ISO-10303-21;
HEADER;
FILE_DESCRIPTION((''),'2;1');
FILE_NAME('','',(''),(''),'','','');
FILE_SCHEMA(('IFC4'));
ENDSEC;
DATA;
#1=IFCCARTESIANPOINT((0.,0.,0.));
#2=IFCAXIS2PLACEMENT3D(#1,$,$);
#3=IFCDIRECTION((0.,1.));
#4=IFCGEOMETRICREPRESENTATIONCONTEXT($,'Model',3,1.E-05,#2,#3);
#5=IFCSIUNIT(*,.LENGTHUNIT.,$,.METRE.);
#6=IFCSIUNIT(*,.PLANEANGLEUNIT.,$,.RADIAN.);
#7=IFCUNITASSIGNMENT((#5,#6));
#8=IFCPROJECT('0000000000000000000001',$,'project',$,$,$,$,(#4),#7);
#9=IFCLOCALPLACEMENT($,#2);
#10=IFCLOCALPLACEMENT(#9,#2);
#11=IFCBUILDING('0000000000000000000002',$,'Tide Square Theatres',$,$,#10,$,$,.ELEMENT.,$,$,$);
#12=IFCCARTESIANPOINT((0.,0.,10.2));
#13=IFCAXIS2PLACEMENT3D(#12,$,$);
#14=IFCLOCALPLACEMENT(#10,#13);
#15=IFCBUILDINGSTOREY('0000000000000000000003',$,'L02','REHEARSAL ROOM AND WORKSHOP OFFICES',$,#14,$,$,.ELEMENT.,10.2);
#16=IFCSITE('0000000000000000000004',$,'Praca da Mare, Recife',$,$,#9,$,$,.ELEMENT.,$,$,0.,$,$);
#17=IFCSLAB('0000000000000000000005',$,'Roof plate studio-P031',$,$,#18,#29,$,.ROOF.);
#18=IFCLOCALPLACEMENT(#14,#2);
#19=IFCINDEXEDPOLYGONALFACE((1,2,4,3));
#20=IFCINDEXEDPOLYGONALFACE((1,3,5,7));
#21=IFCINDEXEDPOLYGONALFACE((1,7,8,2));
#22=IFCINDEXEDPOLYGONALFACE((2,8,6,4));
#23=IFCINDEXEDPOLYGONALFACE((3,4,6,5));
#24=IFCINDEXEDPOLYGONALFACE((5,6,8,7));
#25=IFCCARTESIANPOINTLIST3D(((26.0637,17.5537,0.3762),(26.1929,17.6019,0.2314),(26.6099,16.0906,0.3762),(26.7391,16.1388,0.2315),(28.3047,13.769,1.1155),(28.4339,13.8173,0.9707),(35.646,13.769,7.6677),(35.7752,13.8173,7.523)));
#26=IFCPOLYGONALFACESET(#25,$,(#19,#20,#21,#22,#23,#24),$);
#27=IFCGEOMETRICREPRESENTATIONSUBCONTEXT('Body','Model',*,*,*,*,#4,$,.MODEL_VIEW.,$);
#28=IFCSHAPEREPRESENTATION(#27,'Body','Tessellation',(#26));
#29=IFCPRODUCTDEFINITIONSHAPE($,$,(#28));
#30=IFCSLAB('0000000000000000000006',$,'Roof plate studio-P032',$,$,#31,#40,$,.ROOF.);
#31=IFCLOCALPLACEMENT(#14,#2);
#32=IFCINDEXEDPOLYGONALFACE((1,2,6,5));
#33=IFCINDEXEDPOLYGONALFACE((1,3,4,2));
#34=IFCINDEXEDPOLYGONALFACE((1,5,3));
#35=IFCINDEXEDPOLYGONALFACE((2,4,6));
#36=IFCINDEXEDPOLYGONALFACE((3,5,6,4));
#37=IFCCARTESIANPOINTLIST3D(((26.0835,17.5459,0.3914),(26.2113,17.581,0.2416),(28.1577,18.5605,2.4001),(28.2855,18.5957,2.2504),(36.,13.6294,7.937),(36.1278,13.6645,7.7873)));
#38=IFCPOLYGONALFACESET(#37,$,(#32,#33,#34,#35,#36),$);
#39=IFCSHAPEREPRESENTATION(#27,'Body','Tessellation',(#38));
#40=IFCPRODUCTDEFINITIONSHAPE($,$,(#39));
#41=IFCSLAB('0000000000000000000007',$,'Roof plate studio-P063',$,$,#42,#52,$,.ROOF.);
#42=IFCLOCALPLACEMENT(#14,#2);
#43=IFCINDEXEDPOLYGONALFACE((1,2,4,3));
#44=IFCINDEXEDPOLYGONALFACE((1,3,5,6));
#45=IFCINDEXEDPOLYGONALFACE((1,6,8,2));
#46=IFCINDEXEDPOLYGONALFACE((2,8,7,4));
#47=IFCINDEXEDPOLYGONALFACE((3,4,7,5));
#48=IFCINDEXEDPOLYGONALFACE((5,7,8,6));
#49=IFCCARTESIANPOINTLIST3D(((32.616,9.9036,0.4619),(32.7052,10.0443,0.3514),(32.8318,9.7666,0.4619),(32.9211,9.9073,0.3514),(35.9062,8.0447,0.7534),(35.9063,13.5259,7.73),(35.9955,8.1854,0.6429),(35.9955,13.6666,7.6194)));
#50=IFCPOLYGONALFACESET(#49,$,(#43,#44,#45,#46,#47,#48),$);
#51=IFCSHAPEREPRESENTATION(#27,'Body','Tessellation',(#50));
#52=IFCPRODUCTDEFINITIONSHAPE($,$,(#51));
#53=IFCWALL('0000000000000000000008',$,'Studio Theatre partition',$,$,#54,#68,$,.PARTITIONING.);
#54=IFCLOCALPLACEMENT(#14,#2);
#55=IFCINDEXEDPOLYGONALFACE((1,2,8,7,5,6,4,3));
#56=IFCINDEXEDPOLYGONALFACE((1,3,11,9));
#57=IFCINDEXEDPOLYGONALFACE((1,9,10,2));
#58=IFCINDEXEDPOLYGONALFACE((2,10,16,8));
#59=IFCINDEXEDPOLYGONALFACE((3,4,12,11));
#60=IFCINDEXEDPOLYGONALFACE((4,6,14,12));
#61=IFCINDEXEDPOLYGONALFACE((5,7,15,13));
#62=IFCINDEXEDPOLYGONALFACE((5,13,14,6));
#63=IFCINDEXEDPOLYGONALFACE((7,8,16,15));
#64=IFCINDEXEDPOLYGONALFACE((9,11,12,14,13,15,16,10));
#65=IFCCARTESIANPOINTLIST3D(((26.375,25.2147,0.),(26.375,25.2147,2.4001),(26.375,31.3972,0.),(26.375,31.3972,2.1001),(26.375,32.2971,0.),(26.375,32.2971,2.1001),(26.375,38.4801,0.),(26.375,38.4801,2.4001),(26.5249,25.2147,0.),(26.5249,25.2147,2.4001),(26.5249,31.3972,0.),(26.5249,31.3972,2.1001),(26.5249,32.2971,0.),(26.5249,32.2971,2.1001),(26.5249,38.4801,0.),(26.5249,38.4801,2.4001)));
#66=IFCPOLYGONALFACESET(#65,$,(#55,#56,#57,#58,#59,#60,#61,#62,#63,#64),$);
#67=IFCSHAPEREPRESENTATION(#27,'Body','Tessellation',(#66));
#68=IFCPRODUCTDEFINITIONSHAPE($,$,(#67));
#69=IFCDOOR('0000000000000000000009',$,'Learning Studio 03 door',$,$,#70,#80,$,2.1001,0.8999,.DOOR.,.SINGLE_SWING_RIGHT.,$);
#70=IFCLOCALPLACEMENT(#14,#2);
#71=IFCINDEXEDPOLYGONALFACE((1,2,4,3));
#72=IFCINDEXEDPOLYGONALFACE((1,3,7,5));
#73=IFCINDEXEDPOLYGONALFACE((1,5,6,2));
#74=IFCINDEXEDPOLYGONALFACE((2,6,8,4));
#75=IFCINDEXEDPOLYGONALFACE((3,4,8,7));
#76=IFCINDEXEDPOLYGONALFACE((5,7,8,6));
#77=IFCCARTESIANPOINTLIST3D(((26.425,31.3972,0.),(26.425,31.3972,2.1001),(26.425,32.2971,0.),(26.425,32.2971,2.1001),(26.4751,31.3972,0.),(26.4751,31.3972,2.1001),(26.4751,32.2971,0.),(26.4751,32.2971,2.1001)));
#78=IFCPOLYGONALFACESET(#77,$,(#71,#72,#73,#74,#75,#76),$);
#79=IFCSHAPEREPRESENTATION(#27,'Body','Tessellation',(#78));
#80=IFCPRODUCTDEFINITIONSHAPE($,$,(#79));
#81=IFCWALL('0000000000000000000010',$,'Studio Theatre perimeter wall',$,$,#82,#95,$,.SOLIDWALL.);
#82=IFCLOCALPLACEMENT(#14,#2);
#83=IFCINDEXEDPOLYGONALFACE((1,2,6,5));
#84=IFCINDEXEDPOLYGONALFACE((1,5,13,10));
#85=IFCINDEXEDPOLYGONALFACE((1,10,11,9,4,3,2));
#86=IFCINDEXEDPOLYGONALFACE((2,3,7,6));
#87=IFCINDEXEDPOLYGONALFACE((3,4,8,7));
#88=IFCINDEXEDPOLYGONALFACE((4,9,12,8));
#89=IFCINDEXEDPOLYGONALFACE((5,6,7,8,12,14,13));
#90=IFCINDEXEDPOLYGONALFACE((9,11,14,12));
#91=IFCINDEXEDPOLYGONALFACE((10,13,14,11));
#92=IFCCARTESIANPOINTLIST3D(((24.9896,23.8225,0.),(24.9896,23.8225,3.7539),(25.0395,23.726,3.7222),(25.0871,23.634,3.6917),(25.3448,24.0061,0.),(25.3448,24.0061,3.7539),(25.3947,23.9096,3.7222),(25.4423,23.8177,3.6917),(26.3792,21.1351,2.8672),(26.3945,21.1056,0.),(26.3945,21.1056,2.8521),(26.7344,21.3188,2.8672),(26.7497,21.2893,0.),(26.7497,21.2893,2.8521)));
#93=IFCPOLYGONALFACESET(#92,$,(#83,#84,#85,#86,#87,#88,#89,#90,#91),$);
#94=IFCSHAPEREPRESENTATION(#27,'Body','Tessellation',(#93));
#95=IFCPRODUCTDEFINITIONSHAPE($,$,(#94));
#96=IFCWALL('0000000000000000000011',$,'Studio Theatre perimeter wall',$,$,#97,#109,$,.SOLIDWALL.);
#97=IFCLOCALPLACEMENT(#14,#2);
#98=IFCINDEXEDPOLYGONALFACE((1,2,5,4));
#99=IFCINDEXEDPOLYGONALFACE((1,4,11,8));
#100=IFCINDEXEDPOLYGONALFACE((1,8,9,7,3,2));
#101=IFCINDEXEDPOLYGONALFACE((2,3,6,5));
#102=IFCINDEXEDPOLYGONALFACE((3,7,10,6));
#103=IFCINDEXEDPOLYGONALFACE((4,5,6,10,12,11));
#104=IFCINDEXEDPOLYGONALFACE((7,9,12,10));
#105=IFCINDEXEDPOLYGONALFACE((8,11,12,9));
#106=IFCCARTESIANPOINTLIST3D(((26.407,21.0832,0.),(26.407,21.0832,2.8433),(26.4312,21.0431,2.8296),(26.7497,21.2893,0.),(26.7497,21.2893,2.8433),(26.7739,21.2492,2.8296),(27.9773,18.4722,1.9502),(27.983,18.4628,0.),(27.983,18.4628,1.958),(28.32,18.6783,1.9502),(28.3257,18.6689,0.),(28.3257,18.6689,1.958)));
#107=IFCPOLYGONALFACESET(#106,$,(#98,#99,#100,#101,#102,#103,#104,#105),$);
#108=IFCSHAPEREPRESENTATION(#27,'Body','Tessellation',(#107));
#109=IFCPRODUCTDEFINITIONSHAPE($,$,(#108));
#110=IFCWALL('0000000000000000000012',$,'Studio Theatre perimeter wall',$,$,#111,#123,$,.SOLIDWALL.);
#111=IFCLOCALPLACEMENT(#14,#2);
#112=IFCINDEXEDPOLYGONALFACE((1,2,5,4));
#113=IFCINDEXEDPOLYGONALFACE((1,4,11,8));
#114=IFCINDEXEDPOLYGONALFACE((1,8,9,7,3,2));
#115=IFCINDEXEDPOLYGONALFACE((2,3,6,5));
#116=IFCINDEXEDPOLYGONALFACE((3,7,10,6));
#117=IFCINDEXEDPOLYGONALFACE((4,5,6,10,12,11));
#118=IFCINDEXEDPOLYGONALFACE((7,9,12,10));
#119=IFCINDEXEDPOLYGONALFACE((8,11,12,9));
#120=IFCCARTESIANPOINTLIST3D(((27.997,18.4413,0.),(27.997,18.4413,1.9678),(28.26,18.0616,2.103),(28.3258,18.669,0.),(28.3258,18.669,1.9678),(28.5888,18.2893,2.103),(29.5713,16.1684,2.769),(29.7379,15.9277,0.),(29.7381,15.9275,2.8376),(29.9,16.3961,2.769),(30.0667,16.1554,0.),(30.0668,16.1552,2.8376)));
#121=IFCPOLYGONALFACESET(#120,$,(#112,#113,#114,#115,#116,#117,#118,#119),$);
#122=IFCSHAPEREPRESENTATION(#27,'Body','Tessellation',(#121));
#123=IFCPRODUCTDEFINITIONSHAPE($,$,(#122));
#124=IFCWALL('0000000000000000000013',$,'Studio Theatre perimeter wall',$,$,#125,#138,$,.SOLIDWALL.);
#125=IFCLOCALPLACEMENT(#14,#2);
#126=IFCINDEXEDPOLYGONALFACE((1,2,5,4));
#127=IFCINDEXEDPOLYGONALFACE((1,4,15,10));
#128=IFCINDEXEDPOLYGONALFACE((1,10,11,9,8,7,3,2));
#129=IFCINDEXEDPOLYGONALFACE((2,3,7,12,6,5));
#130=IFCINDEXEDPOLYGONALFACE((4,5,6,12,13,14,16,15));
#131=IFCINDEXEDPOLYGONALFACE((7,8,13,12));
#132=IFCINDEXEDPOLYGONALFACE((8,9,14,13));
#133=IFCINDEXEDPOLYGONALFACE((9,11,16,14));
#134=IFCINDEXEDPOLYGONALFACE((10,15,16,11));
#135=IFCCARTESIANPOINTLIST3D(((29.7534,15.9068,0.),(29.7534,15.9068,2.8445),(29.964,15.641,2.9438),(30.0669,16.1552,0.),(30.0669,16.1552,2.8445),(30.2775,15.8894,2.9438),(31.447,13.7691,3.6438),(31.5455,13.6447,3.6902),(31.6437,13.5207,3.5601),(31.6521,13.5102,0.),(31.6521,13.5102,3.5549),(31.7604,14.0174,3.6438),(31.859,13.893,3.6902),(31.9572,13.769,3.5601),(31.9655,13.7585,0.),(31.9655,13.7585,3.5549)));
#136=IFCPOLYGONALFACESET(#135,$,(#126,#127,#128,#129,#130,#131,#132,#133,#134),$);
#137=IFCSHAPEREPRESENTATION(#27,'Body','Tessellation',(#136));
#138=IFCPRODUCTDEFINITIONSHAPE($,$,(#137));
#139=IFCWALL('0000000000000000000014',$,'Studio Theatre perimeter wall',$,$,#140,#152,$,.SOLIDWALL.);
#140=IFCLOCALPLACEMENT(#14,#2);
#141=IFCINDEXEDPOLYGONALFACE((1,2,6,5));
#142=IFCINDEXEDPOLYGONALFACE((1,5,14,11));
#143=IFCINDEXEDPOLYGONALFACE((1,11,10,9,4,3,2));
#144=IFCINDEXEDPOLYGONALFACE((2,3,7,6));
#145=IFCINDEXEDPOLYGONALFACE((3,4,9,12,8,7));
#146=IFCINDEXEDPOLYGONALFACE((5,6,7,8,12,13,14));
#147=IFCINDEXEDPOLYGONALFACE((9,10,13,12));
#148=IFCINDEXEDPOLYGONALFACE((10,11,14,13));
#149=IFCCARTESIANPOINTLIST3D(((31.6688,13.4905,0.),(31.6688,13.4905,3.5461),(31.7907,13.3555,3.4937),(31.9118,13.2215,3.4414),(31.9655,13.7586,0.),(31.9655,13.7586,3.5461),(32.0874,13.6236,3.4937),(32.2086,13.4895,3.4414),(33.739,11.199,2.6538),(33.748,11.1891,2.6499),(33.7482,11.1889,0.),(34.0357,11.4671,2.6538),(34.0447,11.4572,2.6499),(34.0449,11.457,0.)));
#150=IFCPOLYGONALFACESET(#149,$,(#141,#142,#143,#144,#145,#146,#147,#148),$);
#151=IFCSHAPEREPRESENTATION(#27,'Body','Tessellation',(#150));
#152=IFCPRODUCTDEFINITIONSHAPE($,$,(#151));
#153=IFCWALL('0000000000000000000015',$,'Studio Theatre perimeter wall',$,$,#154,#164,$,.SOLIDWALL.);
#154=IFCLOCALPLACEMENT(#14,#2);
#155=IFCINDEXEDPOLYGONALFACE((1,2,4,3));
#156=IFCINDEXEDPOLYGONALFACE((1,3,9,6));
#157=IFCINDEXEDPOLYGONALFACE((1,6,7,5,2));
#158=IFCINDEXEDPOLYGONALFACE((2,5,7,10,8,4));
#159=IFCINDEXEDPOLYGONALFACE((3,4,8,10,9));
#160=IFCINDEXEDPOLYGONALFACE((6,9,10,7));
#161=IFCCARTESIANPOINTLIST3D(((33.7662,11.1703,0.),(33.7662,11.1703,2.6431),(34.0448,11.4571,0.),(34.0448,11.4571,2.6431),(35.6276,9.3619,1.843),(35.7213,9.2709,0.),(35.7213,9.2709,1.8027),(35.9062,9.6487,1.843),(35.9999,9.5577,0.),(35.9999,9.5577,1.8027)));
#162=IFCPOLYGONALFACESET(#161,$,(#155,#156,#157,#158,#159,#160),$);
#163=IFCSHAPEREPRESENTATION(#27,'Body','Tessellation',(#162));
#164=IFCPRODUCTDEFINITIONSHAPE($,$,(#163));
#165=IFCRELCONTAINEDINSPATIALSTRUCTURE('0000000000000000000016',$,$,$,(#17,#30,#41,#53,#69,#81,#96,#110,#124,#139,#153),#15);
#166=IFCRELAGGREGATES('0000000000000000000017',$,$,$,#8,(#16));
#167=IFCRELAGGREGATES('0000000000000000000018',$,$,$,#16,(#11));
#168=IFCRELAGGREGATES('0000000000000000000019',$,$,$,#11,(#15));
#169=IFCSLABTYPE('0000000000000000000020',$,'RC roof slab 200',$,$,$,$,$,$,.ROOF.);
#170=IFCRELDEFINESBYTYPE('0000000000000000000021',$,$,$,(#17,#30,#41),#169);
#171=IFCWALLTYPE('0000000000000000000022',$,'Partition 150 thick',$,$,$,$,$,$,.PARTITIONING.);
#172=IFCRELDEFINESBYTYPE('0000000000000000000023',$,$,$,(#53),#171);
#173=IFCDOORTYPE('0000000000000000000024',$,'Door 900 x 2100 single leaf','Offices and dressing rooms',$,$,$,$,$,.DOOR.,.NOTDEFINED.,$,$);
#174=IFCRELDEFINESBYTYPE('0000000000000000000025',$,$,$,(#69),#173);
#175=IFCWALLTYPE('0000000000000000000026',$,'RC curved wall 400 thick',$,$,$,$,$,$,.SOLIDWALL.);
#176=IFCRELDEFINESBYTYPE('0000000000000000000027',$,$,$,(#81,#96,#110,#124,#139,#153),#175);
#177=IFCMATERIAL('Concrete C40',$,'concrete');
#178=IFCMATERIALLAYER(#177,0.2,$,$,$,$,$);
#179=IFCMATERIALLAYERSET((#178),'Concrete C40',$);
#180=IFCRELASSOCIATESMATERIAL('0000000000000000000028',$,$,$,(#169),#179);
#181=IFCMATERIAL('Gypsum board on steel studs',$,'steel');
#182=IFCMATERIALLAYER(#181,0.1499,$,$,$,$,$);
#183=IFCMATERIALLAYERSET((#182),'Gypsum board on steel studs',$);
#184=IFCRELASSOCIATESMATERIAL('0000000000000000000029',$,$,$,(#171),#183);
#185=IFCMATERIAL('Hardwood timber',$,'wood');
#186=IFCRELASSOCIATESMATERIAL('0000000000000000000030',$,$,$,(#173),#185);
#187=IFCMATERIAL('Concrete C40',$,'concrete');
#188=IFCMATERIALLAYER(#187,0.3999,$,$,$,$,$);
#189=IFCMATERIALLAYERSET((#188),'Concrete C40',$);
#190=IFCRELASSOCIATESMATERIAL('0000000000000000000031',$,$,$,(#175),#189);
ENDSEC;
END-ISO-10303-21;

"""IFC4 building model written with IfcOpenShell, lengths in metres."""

from ifc_helpers import new_model, si_unit, direction, frame, frame_2d, origin, place, context, subcontext, project, spatial, polyline, rectangle, outline, extrude, material, layer, layer_set, type_object, element, fill, save


model = new_model("IFC4")

# Units and contexts
model_context = context("Model", 3, precision=1e-05, world=origin(), true_north=direction((0.0, 1.0)))
body_context = subcontext(model_context, "Body", "Model", "MODEL_VIEW")
ifc_project = project(units=[si_unit("LENGTHUNIT", "METRE"), si_unit("PLANEANGLEUNIT", "RADIAN")], contexts=[model_context])

# Site, building, storey
site_placement = place(None, origin())
site = spatial("IfcSite", under=ifc_project, at=site_placement, Name="Praca da Mare, Recife", CompositionType="ELEMENT", RefElevation=0.0)
building_placement = place(site_placement, origin())
building = spatial("IfcBuilding", under=site, at=building_placement, Name="Tide Square Theatres", CompositionType="ELEMENT")
storey_placement = place(building_placement, frame((0.0, 0.0, 10.2)))
storey = spatial("IfcBuildingStorey", under=building, at=storey_placement, Name="L02", Description="REHEARSAL ROOM AND WORKSHOP OFFICES", CompositionType="ELEMENT", Elevation=10.2)

# Slabs
ifc_material_1 = material(Name="Concrete C40", Category="concrete")
ifc_layer_1 = layer(ifc_material_1, 0.2)
ifc_layer_set_1 = layer_set([ifc_layer_1], Name="Concrete C40")
slab_type = type_object("IfcSlabType", Name="RC roof slab 200", PredefinedType="ROOF", material=ifc_layer_set_1)
slab_1_placement = place(storey_placement, frame((26.0637, 17.5537, 0.3762), z_axis=(-0.646214, -0.241209, 0.724034), x_axis=(0.3497, -0.936862, 0.000002)))
element("IfcSlab", 1, at=slab_1_placement, inside=storey, type_object=slab_type, Name="Roof plate studio-P031", PredefinedType="ROOF", context=body_context, shape_type="SweptSolid", body=[
    extrude(outline(polyline([(0.0, 0.0), (1.5617, 0.0), (4.3294, 1.0717), (6.8966, 10.571), (0.0, 0.0)])), origin(), (0.0, 0.0, -1.0), 0.2),
])
slab_2_placement = place(storey_placement, frame((26.0835, 17.5459, 0.3914), z_axis=(-0.639143, -0.175757, 0.748736), x_axis=(0.759194, -0.299842, 0.577685)))
element("IfcSlab", 2, at=slab_2_placement, inside=storey, type_object=slab_type, Name="Roof plate studio-P032", PredefinedType="ROOF", context=body_context, shape_type="SweptSolid", body=[
    extrude(outline(polyline([(0.0, 0.0), (13.0619, 0.0), (2.4309, 1.8595), (0.0, 0.0)])), origin(), (0.0, 0.0, -1.0), 0.2),
])
slab_3_placement = place(storey_placement, frame((32.616, 9.9036, 0.4619), z_axis=(-0.446487, -0.703608, 0.552797), x_axis=(0.844342, -0.535805, -0.000015)))
element("IfcSlab", 3, at=slab_3_placement, inside=storey, type_object=slab_type, Name="Roof plate studio-P063", PredefinedType="ROOF", context=body_context, shape_type="SweptSolid", body=[
    extrude(outline(polyline([(0.0, 0.0), (0.2556, 0.0), (3.7741, 0.3499), (0.8372, 8.7219), (0.0, 0.0)])), origin(), (0.0, 0.0, -1.0), 0.2),
])

# Wall, opening, door
ifc_material_2 = material(Name="Gypsum board on steel studs", Category="steel")
ifc_layer_2 = layer(ifc_material_2, 0.1499)
ifc_layer_set_2 = layer_set([ifc_layer_2], Name="Gypsum board on steel studs")
wall_type_1 = type_object("IfcWallType", Name="Partition 150 thick", PredefinedType="PARTITIONING", material=ifc_layer_set_2)
wall_1_placement = place(storey_placement, frame((26.45, 25.2146, 0.0), z_axis=(0.0, 0.0, 1.0), x_axis=(0.0, 1.0, 0.0)))
wall_1 = element("IfcWall", 4, at=wall_1_placement, inside=storey, type_object=wall_type_1, Name="Studio Theatre partition", PredefinedType="PARTITIONING", context=body_context, shape_type="SweptSolid", body=[
    extrude(rectangle(XDim=13.2654, YDim=0.1499, at=frame_2d((6.6328, 0.0))), origin(), (0.0, 0.0, 1.0), 2.4001),
])
opening_1_placement = place(wall_1_placement, frame((6.1826, 0.0, 0.0)))
opening_1 = element("IfcOpeningElement", 5, at=opening_1_placement, cuts=wall_1, PredefinedType="OPENING", context=body_context, shape_type="SweptSolid", body=[
    extrude(rectangle(XDim=0.8999, YDim=2.1001, at=frame_2d((0.45, 1.05))), frame((0.0, 0.085, 0.0), z_axis=(0.0, -1.0, 0.0), x_axis=(1.0, 0.0, 0.0)), (0.0, 0.0, 1.0), 0.1699),
])
ifc_material_3 = material(Name="Hardwood timber", Category="wood")
door_type_1 = type_object("IfcDoorType", Name="Door 900 x 2100 single leaf", Description="Offices and dressing rooms", OperationType="NOTDEFINED", PredefinedType="DOOR", material=ifc_material_3)
door_1_placement = place(opening_1_placement, origin())
door_1 = element("IfcDoor", 6, at=door_1_placement, inside=storey, type_object=door_type_1, Name="Learning Studio 03 door", OperationType="SINGLE_SWING_RIGHT", OverallHeight=2.1001, OverallWidth=0.8999, PredefinedType="DOOR", context=body_context, shape_type="SweptSolid", body=[
    extrude(rectangle(XDim=0.8999, YDim=2.1001, at=frame_2d((0.45, 1.05))), frame((0.0, 0.0249, 0.0), z_axis=(0.0, -1.0, 0.0), x_axis=(1.0, 0.0, 0.0)), (0.0, 0.0, 1.0), 0.05),
])
fill(opening_1, door_1)

# Walls
ifc_material_4 = material(Name="Concrete C40", Category="concrete")
ifc_layer_3 = layer(ifc_material_4, 0.3999)
ifc_layer_set_3 = layer_set([ifc_layer_3], Name="Concrete C40")
wall_type_2 = type_object("IfcWallType", Name="RC curved wall 400 thick", PredefinedType="SOLIDWALL", material=ifc_layer_set_3)
wall_2_placement = place(storey_placement, frame((25.1672, 23.9143, 0.0), z_axis=(0.0, 0.0, 1.0), x_axis=(0.459306, -0.888278, 0.0)))
element("IfcWall", 7, at=wall_2_placement, inside=storey, type_object=wall_type_2, Name="Studio Theatre perimeter wall", PredefinedType="SOLIDWALL", context=body_context, shape_type="SweptSolid", body=[
    extrude(outline(polyline([(0.0, 0.0), (3.0586, 0.0), (3.0586, 2.8521), (3.0254, 2.8672), (0.2122, 3.6917), (0.1086, 3.7222), (0.0, 3.7539), (0.0, 0.0)])), frame((0.0, 0.2, 0.0), z_axis=(0.0, -1.0, 0.0), x_axis=(1.0, 0.0, 0.0)), (0.0, 0.0, 1.0), 0.3999),
])
wall_3_placement = place(storey_placement, frame((26.5784, 21.1863, 0.0), z_axis=(0.0, 0.0, 1.0), x_axis=(0.515388, -0.856957, 0.0)))
element("IfcWall", 8, at=wall_3_placement, inside=storey, type_object=wall_type_2, Name="Studio Theatre perimeter wall", PredefinedType="SOLIDWALL", context=body_context, shape_type="SweptSolid", body=[
    extrude(outline(polyline([(0.0, 0.0), (3.0579, 0.0), (3.0579, 1.958), (3.0469, 1.9502), (0.0469, 2.8296), (0.0, 2.8433), (0.0, 0.0)])), frame((0.0, 0.2, 0.0), z_axis=(0.0, -1.0, 0.0), x_axis=(1.0, 0.0, 0.0)), (0.0, 0.0, 1.0), 0.3999),
])
wall_4_placement = place(storey_placement, frame((28.1614, 18.5552, 0.0), z_axis=(0.0, 0.0, 1.0), x_axis=(0.569372, -0.82208, 0.0)))
element("IfcWall", 9, at=wall_4_placement, inside=storey, type_object=wall_type_2, Name="Studio Theatre perimeter wall", PredefinedType="SOLIDWALL", context=body_context, shape_type="SweptSolid", body=[
    extrude(outline(polyline([(0.0, 0.0), (3.0576, 0.0), (3.0579, 2.8376), (2.7649, 2.769), (0.4619, 2.103), (0.0, 1.9678), (0.0, 0.0)])), frame((0.0, 0.2, 0.0), z_axis=(0.0, -1.0, 0.0), x_axis=(1.0, 0.0, 0.0)), (0.0, 0.0, 1.0), 0.3999),
])
wall_5_placement = place(storey_placement, frame((29.9102, 16.031, 0.0), z_axis=(0.0, 0.0, 1.0), x_axis=(0.620959, -0.783843, 0.0)))
element("IfcWall", 10, at=wall_5_placement, inside=storey, type_object=wall_type_2, Name="Studio Theatre perimeter wall", PredefinedType="SOLIDWALL", context=body_context, shape_type="SweptSolid", body=[
    extrude(outline(polyline([(0.0, 0.0), (3.0576, 0.0), (3.0576, 3.5549), (3.0442, 3.5601), (2.886, 3.6902), (2.7273, 3.6438), (0.3391, 2.9438), (0.0, 2.8445), (0.0, 0.0)])), frame((0.0, 0.2, 0.0), z_axis=(0.0, -1.0, 0.0), x_axis=(1.0, 0.0, 0.0)), (0.0, 0.0, 1.0), 0.3999),
])
wall_6_placement = place(storey_placement, frame((31.8171, 13.6245, 0.0), z_axis=(0.0, 0.0, 1.0), x_axis=(0.670386, -0.742013, 0.0)))
element("IfcWall", 11, at=wall_6_placement, inside=storey, type_object=wall_type_2, Name="Studio Theatre perimeter wall", PredefinedType="SOLIDWALL", context=body_context, shape_type="SweptSolid", body=[
    extrude(outline(polyline([(0.0, 0.0), (3.1018, 0.0), (3.1016, 2.6499), (3.0881, 2.6538), (0.3625, 3.4414), (0.1819, 3.4937), (0.0, 3.5461), (0.0, 0.0)])), frame((0.0, 0.2, 0.0), z_axis=(0.0, -1.0, 0.0), x_axis=(1.0, 0.0, 0.0)), (0.0, 0.0, 1.0), 0.3999),
])
wall_7_placement = place(storey_placement, frame((33.9055, 11.3137, 0.0), z_axis=(0.0, 0.0, 1.0), x_axis=(0.717244, -0.696823, 0.0)))
element("IfcWall", 12, at=wall_7_placement, inside=storey, type_object=wall_type_2, Name="Studio Theatre perimeter wall", PredefinedType="SOLIDWALL", context=body_context, shape_type="SweptSolid", body=[
    extrude(outline(polyline([(0.0, 0.0), (2.7258, 0.0), (2.7258, 1.8027), (2.5952, 1.843), (0.0, 2.6431), (0.0, 0.0)])), frame((0.0, 0.2, 0.0), z_axis=(0.0, -1.0, 0.0), x_axis=(1.0, 0.0, 0.0)), (0.0, 0.0, 1.0), 0.3999),
])

save(model, "model.ifc")
